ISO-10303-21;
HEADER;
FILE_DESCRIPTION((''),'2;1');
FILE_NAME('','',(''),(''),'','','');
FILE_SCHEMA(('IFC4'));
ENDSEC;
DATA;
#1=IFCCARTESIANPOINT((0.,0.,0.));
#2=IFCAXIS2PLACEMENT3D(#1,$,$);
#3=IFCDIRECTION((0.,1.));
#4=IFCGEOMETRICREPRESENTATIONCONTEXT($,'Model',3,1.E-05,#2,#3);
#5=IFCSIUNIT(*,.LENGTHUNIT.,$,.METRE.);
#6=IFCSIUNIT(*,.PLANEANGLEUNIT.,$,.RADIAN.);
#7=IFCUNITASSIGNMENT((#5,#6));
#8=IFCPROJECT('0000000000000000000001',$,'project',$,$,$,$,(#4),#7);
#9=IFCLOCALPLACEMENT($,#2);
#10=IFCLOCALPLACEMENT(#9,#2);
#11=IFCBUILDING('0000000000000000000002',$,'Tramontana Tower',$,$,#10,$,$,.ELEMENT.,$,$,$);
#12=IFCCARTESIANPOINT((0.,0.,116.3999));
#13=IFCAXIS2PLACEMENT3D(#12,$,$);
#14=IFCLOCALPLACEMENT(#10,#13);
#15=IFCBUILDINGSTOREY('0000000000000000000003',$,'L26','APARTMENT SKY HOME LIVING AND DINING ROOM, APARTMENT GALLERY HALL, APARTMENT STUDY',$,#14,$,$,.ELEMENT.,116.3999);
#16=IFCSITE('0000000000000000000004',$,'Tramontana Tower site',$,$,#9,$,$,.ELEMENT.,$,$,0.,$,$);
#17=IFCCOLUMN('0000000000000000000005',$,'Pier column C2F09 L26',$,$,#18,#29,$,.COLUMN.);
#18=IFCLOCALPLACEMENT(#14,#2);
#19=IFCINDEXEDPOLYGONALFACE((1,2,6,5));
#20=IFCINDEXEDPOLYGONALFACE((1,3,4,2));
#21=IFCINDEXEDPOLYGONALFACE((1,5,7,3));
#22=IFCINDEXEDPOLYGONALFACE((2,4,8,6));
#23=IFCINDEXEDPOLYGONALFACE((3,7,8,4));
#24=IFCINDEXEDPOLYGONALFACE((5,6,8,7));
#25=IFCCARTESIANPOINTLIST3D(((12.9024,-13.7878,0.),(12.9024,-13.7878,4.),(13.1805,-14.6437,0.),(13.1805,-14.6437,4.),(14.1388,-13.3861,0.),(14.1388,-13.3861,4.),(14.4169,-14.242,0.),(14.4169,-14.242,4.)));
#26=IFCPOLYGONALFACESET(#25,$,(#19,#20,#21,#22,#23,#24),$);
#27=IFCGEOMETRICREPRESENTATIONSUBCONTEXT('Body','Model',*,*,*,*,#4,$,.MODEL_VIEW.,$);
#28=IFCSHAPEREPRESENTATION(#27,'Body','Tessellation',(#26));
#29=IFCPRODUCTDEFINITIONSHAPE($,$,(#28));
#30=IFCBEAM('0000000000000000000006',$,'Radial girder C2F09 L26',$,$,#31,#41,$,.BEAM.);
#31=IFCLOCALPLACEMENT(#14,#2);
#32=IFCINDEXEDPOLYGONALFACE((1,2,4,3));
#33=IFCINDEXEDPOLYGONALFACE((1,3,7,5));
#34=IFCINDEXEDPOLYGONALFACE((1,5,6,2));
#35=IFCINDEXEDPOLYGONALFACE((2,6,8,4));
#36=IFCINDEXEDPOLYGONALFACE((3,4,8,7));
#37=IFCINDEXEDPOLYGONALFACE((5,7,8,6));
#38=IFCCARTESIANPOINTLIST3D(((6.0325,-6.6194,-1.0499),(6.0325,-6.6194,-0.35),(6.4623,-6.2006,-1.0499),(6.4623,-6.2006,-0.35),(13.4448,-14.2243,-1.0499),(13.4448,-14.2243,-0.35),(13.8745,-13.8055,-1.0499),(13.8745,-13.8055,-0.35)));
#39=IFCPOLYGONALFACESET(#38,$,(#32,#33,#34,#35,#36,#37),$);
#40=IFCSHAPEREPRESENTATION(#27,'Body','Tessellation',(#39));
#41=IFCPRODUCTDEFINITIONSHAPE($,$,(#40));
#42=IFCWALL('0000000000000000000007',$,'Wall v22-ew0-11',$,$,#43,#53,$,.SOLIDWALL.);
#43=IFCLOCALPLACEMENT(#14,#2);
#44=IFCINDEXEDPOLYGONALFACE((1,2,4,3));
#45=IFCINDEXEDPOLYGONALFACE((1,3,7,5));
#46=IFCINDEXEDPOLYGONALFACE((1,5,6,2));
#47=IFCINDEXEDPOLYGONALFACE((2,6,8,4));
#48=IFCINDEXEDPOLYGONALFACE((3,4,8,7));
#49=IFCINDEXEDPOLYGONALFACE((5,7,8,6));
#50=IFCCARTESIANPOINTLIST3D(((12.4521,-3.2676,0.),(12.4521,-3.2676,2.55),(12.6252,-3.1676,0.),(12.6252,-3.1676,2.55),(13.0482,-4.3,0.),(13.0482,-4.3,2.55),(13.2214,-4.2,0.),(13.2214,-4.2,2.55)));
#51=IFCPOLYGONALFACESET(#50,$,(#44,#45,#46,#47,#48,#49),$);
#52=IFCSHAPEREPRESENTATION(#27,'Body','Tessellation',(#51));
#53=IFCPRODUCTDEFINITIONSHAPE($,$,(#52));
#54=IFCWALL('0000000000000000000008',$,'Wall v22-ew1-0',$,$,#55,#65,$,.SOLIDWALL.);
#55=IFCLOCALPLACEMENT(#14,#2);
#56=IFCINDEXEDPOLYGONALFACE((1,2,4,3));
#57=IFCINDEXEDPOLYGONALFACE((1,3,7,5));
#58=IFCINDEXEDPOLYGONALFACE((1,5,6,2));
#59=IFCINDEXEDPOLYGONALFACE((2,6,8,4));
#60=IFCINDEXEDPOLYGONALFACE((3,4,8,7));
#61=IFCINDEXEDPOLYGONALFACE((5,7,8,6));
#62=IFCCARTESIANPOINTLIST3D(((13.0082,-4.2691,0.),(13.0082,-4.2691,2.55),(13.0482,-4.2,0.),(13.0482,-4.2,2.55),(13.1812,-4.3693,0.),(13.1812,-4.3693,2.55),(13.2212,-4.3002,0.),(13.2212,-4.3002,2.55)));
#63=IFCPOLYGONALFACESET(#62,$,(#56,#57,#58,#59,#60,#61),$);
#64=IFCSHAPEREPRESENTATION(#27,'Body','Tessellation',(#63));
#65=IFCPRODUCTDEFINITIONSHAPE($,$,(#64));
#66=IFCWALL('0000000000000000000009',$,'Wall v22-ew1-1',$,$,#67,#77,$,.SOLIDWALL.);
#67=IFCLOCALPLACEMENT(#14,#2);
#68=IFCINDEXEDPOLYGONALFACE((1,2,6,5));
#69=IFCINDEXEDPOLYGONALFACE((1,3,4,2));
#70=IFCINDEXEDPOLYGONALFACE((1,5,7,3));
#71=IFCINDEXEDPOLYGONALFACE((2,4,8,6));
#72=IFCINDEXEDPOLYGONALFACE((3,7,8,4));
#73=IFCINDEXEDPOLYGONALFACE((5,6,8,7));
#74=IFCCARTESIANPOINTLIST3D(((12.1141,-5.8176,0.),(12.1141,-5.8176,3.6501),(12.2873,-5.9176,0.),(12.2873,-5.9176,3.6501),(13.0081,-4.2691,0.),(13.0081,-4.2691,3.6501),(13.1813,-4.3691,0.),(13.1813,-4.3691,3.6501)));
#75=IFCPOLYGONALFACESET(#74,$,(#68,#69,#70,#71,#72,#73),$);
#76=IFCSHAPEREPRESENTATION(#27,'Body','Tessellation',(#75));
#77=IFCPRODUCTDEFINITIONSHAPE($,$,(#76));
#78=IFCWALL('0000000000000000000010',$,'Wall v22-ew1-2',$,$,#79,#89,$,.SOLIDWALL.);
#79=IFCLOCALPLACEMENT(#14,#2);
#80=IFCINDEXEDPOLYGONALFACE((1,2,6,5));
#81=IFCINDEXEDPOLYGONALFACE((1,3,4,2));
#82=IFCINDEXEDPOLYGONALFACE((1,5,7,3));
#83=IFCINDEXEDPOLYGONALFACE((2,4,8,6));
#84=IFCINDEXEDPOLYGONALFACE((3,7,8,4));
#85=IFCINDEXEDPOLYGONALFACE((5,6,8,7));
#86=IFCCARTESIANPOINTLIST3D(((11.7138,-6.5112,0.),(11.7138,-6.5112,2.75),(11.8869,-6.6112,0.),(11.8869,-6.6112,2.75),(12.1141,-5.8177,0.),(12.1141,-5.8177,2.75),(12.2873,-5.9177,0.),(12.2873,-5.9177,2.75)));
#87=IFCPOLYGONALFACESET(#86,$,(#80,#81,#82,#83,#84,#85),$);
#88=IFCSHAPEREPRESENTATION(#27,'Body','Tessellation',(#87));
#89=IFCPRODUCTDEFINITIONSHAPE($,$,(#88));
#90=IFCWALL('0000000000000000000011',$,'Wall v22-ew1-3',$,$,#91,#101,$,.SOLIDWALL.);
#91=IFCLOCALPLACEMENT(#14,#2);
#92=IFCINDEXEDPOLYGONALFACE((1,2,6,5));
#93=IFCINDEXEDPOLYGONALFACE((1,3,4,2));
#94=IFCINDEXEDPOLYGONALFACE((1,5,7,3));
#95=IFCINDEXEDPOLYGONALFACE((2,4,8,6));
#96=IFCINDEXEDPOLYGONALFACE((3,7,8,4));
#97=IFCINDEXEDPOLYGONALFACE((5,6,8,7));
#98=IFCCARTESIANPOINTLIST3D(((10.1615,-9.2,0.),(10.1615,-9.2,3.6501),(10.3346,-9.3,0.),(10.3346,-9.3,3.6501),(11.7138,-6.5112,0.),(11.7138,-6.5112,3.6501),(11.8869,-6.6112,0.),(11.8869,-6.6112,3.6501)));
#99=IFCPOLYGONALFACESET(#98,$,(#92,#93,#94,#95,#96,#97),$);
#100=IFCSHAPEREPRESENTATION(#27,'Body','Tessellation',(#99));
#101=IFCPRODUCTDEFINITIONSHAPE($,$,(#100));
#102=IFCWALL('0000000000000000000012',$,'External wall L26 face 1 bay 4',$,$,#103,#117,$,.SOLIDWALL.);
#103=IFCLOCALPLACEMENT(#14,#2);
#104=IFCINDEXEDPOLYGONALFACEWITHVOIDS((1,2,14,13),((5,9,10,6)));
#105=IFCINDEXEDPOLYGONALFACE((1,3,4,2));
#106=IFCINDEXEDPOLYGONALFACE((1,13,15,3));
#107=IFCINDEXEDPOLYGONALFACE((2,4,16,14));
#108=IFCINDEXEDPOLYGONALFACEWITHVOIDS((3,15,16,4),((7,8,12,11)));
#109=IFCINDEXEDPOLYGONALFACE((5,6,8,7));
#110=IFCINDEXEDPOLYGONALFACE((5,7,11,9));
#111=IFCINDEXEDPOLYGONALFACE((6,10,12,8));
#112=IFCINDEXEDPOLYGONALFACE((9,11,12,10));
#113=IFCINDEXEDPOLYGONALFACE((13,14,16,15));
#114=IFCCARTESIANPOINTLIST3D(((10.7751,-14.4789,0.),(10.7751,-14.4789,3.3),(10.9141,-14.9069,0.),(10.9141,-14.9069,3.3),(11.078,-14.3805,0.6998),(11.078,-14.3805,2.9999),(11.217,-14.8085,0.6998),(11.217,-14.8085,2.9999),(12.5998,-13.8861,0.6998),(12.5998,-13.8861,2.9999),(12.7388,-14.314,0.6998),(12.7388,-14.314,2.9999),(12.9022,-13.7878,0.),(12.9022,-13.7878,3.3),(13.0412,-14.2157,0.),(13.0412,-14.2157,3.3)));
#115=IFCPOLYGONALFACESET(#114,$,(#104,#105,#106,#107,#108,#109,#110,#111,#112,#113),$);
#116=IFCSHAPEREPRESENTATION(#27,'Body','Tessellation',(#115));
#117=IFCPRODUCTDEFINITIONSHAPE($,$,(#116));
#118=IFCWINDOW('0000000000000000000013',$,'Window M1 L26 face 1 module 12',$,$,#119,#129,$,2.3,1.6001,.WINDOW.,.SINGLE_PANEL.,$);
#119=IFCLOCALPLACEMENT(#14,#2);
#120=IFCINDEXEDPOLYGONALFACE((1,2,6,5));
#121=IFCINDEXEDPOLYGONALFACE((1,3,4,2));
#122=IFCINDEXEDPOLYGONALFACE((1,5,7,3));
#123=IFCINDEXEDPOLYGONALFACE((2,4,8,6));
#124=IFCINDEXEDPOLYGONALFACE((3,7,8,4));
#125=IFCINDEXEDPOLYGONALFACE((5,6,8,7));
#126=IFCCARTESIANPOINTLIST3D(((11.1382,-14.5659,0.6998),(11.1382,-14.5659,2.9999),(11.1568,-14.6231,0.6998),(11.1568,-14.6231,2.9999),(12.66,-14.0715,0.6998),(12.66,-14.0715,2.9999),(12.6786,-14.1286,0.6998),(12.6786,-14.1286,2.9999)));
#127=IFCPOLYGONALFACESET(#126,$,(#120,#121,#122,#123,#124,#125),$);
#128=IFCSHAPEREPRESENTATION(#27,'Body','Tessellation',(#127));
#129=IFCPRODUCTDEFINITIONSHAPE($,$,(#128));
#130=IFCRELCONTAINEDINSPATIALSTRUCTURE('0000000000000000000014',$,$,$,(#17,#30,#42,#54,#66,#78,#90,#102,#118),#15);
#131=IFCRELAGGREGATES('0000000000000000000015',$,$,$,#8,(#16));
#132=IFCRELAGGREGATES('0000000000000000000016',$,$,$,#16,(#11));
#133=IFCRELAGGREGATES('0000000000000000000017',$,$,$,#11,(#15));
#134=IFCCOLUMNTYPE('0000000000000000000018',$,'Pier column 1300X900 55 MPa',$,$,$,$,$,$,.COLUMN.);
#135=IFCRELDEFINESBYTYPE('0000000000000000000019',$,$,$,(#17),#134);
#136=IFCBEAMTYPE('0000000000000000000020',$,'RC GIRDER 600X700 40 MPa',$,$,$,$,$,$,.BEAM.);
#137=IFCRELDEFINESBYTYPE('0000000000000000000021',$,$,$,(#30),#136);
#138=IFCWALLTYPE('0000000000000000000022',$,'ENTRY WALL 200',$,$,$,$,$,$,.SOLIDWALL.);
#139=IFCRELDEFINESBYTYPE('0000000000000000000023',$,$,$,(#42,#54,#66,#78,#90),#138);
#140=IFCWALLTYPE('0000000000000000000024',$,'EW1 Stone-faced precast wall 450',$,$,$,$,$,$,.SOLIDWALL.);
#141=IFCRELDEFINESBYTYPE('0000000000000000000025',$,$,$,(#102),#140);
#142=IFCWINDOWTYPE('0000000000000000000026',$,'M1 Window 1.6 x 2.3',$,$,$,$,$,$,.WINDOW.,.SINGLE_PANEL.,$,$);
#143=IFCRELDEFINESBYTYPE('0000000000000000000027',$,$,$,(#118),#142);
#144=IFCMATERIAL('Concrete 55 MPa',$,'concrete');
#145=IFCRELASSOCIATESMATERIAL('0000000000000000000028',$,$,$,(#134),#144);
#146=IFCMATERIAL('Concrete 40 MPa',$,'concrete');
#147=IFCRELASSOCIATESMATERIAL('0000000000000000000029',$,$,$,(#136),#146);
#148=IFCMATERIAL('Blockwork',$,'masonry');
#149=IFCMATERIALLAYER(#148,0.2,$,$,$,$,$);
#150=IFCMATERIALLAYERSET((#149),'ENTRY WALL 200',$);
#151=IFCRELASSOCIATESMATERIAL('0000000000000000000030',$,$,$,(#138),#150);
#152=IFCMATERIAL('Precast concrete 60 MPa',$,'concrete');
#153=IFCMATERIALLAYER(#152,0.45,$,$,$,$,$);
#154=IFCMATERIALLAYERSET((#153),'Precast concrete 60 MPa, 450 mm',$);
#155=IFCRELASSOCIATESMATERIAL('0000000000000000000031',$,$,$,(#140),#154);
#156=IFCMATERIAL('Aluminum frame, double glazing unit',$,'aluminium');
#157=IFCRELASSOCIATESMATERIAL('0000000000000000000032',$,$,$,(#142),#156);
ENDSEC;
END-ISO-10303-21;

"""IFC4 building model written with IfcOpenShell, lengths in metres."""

from ifc_helpers import new_model, si_unit, direction, frame, frame_2d, origin, origin_2d, place, context, subcontext, project, spatial, rectangle, extrude, material, layer, layer_set, material_profile, profile_set, type_object, element, fill, save


model = new_model("IFC4")

# Units and contexts
model_context = context("Model", 3, precision=1e-05, world=origin(), true_north=direction((0.0, 1.0)))
body_context = subcontext(model_context, "Body", "Model", "MODEL_VIEW")
ifc_project = project(units=[si_unit("LENGTHUNIT", "METRE"), si_unit("PLANEANGLEUNIT", "RADIAN")], contexts=[model_context])

# Site, building, storey
site_placement = place(None, origin())
site = spatial("IfcSite", under=ifc_project, at=site_placement, Name="Tramontana Tower site", CompositionType="ELEMENT", RefElevation=0.0)
building_placement = place(site_placement, origin())
building = spatial("IfcBuilding", under=site, at=building_placement, Name="Tramontana Tower", CompositionType="ELEMENT")
storey_placement = place(building_placement, frame((0.0, 0.0, 116.3999)))
storey = spatial("IfcBuildingStorey", under=building, at=storey_placement, Name="L26", Description="APARTMENT SKY HOME LIVING AND DINING ROOM, APARTMENT GALLERY HALL, APARTMENT STUDY", CompositionType="ELEMENT", Elevation=116.3999)

# Column
ifc_material_1 = material(Name="Concrete 55 MPa", Category="concrete")
ifc_material_profile_1 = material_profile(ifc_material_1, rectangle(XDim=1.3, YDim=0.8999, at=origin_2d()), Name="Pier column 1300X900 55 MPa")
ifc_profile_set_1 = profile_set([ifc_material_profile_1], Name="Concrete 55 MPa")
column_type = type_object("IfcColumnType", Name="Pier column 1300X900 55 MPa", PredefinedType="COLUMN", material=ifc_profile_set_1)
column_placement = place(storey_placement, frame((13.6597, -14.0149, 0.0), z_axis=(0.0, 0.0, 1.0), x_axis=(0.951057, 0.309017, 0.0)))
element("IfcColumn", 1, at=column_placement, inside=storey, type_object=column_type, Name="Pier column C2F09 L26", PredefinedType="COLUMN", context=body_context, shape_type="SweptSolid", body=[
    extrude(rectangle(XDim=1.3, YDim=0.8999, at=origin_2d()), origin(), (0.0, 0.0, 1.0), 4.0),
])

# Beam
ifc_material_2 = material(Name="Concrete 40 MPa", Category="concrete")
ifc_material_profile_2 = material_profile(ifc_material_2, rectangle(XDim=0.6001, YDim=0.7, at=origin_2d()), Name="RC GIRDER 600X700 40 MPa")
ifc_profile_set_2 = profile_set([ifc_material_profile_2], Name="Concrete 40 MPa")
beam_type = type_object("IfcBeamType", Name="RC GIRDER 600X700 40 MPa", PredefinedType="BEAM", material=ifc_profile_set_2)
beam_placement = place(storey_placement, frame((13.6597, -14.0149, -0.7), z_axis=(-0.697979, 0.716118, 0.0), x_axis=(-0.716118, -0.697979, 0.0)))
element("IfcBeam", 2, at=beam_placement, inside=storey, type_object=beam_type, Name="Radial girder C2F09 L26", PredefinedType="BEAM", context=body_context, shape_type="SweptSolid", body=[
    extrude(rectangle(XDim=0.6001, YDim=0.7, at=origin_2d()), origin(), (0.0, 0.0, 1.0), 10.6196),
])

# Walls
ifc_material_3 = material(Name="Blockwork", Category="masonry")
ifc_layer_1 = layer(ifc_material_3, 0.2)
ifc_layer_set_1 = layer_set([ifc_layer_1], Name="ENTRY WALL 200")
wall_type_1 = type_object("IfcWallType", Name="ENTRY WALL 200", PredefinedType="SOLIDWALL", material=ifc_layer_set_1)
wall_1_placement = place(storey_placement, frame((12.5386, -3.2175, 0.0), z_axis=(0.0, 0.0, 1.0), x_axis=(0.500059, -0.865991, 0.0)))
element("IfcWall", 3, at=wall_1_placement, inside=storey, type_object=wall_type_1, Name="Wall v22-ew0-11", PredefinedType="SOLIDWALL", context=body_context, shape_type="SweptSolid", body=[
    extrude(rectangle(XDim=1.1921, YDim=0.2, at=frame_2d((0.5962, 0.0))), origin(), (0.0, 0.0, 1.0), 2.55),
])
wall_2_placement = place(storey_placement, frame((13.1348, -4.25, 0.0), z_axis=(0.0, 0.0, 1.0), x_axis=(-0.501398, -0.865217, 0.0)))
element("IfcWall", 4, at=wall_2_placement, inside=storey, type_object=wall_type_1, Name="Wall v22-ew1-0", PredefinedType="SOLIDWALL", context=body_context, shape_type="SweptSolid", body=[
    extrude(rectangle(XDim=0.0798, YDim=0.2, at=frame_2d((0.04, 0.0))), origin(), (0.0, 0.0, 1.0), 2.55),
])
wall_3_placement = place(storey_placement, frame((13.0947, -4.3191, 0.0), z_axis=(0.0, 0.0, 1.0), x_axis=(-0.499986, -0.866033, 0.0)))
element("IfcWall", 5, at=wall_3_placement, inside=storey, type_object=wall_type_1, Name="Wall v22-ew1-1", PredefinedType="SOLIDWALL", context=body_context, shape_type="SweptSolid", body=[
    extrude(rectangle(XDim=1.7881, YDim=0.2, at=frame_2d((0.894, 0.0))), origin(), (0.0, 0.0, 1.0), 3.6501),
])
wall_4_placement = place(storey_placement, frame((12.2007, -5.8677, 0.0), z_axis=(0.0, 0.0, 1.0), x_axis=(-0.499942, -0.866059, 0.0)))
element("IfcWall", 6, at=wall_4_placement, inside=storey, type_object=wall_type_1, Name="Wall v22-ew1-2", PredefinedType="SOLIDWALL", context=body_context, shape_type="SweptSolid", body=[
    extrude(rectangle(XDim=0.8008, YDim=0.2, at=frame_2d((0.4004, 0.0))), origin(), (0.0, 0.0, 1.0), 2.75),
])
wall_5_placement = place(storey_placement, frame((11.8003, -6.5613, 0.0), z_axis=(0.0, 0.0, 1.0), x_axis=(-0.499979, -0.866038, 0.0)))
element("IfcWall", 7, at=wall_5_placement, inside=storey, type_object=wall_type_1, Name="Wall v22-ew1-3", PredefinedType="SOLIDWALL", context=body_context, shape_type="SweptSolid", body=[
    extrude(rectangle(XDim=3.1047, YDim=0.2, at=frame_2d((1.5522, 0.0))), origin(), (0.0, 0.0, 1.0), 3.6501),
])

# Wall, opening, window
ifc_material_4 = material(Name="Precast concrete 60 MPa", Category="concrete")
ifc_layer_2 = layer(ifc_material_4, 0.45)
ifc_layer_set_2 = layer_set([ifc_layer_2], Name="Precast concrete 60 MPa, 450 mm")
wall_type_2 = type_object("IfcWallType", Name="EW1 Stone-faced precast wall 450", PredefinedType="SOLIDWALL", material=ifc_layer_set_2)
wall_6_placement = place(storey_placement, frame((10.8447, -14.6929, 0.0), z_axis=(0.0, 0.0, 1.0), x_axis=(0.951057, 0.309014, 0.0)))
wall_6 = element("IfcWall", 8, at=wall_6_placement, inside=storey, type_object=wall_type_2, Name="External wall L26 face 1 bay 4", PredefinedType="SOLIDWALL", context=body_context, shape_type="SweptSolid", body=[
    extrude(rectangle(XDim=2.2366, YDim=0.45, at=frame_2d((1.1182, 0.0))), origin(), (0.0, 0.0, 1.0), 3.3),
])
opening_1_placement = place(wall_6_placement, frame((0.3184, 0.0, 0.7)))
opening_1 = element("IfcOpeningElement", 9, at=opening_1_placement, cuts=wall_6, PredefinedType="OPENING", context=body_context, shape_type="SweptSolid", body=[
    extrude(rectangle(XDim=1.6001, YDim=2.3, at=frame_2d((0.8, 1.1499))), frame((0.0, 0.2349, 0.0), z_axis=(0.0, -1.0, 0.0), x_axis=(1.0, 0.0, 0.0)), (0.0, 0.0, 1.0), 0.47),
])
ifc_material_5 = material(Name="Aluminum frame, double glazing unit", Category="aluminium")
window_type = type_object("IfcWindowType", Name="M1 Window 1.6 x 2.3", PartitioningType="SINGLE_PANEL", PredefinedType="WINDOW", material=ifc_material_5)
window_1_placement = place(opening_1_placement, origin())
window_1 = element("IfcWindow", 10, at=window_1_placement, inside=storey, type_object=window_type, Name="Window M1 L26 face 1 module 12", OverallHeight=2.3, OverallWidth=1.6001, PartitioningType="SINGLE_PANEL", PredefinedType="WINDOW", context=body_context, shape_type="SweptSolid", body=[
    extrude(rectangle(XDim=1.6001, YDim=2.3, at=frame_2d((0.8, 1.1499))), frame((0.0, 0.03, 0.0), z_axis=(0.0, -1.0, 0.0), x_axis=(1.0, 0.0, 0.0)), (0.0, 0.0, 1.0), 0.0601),
])
fill(opening_1, window_1)

save(model, "model.ifc")
